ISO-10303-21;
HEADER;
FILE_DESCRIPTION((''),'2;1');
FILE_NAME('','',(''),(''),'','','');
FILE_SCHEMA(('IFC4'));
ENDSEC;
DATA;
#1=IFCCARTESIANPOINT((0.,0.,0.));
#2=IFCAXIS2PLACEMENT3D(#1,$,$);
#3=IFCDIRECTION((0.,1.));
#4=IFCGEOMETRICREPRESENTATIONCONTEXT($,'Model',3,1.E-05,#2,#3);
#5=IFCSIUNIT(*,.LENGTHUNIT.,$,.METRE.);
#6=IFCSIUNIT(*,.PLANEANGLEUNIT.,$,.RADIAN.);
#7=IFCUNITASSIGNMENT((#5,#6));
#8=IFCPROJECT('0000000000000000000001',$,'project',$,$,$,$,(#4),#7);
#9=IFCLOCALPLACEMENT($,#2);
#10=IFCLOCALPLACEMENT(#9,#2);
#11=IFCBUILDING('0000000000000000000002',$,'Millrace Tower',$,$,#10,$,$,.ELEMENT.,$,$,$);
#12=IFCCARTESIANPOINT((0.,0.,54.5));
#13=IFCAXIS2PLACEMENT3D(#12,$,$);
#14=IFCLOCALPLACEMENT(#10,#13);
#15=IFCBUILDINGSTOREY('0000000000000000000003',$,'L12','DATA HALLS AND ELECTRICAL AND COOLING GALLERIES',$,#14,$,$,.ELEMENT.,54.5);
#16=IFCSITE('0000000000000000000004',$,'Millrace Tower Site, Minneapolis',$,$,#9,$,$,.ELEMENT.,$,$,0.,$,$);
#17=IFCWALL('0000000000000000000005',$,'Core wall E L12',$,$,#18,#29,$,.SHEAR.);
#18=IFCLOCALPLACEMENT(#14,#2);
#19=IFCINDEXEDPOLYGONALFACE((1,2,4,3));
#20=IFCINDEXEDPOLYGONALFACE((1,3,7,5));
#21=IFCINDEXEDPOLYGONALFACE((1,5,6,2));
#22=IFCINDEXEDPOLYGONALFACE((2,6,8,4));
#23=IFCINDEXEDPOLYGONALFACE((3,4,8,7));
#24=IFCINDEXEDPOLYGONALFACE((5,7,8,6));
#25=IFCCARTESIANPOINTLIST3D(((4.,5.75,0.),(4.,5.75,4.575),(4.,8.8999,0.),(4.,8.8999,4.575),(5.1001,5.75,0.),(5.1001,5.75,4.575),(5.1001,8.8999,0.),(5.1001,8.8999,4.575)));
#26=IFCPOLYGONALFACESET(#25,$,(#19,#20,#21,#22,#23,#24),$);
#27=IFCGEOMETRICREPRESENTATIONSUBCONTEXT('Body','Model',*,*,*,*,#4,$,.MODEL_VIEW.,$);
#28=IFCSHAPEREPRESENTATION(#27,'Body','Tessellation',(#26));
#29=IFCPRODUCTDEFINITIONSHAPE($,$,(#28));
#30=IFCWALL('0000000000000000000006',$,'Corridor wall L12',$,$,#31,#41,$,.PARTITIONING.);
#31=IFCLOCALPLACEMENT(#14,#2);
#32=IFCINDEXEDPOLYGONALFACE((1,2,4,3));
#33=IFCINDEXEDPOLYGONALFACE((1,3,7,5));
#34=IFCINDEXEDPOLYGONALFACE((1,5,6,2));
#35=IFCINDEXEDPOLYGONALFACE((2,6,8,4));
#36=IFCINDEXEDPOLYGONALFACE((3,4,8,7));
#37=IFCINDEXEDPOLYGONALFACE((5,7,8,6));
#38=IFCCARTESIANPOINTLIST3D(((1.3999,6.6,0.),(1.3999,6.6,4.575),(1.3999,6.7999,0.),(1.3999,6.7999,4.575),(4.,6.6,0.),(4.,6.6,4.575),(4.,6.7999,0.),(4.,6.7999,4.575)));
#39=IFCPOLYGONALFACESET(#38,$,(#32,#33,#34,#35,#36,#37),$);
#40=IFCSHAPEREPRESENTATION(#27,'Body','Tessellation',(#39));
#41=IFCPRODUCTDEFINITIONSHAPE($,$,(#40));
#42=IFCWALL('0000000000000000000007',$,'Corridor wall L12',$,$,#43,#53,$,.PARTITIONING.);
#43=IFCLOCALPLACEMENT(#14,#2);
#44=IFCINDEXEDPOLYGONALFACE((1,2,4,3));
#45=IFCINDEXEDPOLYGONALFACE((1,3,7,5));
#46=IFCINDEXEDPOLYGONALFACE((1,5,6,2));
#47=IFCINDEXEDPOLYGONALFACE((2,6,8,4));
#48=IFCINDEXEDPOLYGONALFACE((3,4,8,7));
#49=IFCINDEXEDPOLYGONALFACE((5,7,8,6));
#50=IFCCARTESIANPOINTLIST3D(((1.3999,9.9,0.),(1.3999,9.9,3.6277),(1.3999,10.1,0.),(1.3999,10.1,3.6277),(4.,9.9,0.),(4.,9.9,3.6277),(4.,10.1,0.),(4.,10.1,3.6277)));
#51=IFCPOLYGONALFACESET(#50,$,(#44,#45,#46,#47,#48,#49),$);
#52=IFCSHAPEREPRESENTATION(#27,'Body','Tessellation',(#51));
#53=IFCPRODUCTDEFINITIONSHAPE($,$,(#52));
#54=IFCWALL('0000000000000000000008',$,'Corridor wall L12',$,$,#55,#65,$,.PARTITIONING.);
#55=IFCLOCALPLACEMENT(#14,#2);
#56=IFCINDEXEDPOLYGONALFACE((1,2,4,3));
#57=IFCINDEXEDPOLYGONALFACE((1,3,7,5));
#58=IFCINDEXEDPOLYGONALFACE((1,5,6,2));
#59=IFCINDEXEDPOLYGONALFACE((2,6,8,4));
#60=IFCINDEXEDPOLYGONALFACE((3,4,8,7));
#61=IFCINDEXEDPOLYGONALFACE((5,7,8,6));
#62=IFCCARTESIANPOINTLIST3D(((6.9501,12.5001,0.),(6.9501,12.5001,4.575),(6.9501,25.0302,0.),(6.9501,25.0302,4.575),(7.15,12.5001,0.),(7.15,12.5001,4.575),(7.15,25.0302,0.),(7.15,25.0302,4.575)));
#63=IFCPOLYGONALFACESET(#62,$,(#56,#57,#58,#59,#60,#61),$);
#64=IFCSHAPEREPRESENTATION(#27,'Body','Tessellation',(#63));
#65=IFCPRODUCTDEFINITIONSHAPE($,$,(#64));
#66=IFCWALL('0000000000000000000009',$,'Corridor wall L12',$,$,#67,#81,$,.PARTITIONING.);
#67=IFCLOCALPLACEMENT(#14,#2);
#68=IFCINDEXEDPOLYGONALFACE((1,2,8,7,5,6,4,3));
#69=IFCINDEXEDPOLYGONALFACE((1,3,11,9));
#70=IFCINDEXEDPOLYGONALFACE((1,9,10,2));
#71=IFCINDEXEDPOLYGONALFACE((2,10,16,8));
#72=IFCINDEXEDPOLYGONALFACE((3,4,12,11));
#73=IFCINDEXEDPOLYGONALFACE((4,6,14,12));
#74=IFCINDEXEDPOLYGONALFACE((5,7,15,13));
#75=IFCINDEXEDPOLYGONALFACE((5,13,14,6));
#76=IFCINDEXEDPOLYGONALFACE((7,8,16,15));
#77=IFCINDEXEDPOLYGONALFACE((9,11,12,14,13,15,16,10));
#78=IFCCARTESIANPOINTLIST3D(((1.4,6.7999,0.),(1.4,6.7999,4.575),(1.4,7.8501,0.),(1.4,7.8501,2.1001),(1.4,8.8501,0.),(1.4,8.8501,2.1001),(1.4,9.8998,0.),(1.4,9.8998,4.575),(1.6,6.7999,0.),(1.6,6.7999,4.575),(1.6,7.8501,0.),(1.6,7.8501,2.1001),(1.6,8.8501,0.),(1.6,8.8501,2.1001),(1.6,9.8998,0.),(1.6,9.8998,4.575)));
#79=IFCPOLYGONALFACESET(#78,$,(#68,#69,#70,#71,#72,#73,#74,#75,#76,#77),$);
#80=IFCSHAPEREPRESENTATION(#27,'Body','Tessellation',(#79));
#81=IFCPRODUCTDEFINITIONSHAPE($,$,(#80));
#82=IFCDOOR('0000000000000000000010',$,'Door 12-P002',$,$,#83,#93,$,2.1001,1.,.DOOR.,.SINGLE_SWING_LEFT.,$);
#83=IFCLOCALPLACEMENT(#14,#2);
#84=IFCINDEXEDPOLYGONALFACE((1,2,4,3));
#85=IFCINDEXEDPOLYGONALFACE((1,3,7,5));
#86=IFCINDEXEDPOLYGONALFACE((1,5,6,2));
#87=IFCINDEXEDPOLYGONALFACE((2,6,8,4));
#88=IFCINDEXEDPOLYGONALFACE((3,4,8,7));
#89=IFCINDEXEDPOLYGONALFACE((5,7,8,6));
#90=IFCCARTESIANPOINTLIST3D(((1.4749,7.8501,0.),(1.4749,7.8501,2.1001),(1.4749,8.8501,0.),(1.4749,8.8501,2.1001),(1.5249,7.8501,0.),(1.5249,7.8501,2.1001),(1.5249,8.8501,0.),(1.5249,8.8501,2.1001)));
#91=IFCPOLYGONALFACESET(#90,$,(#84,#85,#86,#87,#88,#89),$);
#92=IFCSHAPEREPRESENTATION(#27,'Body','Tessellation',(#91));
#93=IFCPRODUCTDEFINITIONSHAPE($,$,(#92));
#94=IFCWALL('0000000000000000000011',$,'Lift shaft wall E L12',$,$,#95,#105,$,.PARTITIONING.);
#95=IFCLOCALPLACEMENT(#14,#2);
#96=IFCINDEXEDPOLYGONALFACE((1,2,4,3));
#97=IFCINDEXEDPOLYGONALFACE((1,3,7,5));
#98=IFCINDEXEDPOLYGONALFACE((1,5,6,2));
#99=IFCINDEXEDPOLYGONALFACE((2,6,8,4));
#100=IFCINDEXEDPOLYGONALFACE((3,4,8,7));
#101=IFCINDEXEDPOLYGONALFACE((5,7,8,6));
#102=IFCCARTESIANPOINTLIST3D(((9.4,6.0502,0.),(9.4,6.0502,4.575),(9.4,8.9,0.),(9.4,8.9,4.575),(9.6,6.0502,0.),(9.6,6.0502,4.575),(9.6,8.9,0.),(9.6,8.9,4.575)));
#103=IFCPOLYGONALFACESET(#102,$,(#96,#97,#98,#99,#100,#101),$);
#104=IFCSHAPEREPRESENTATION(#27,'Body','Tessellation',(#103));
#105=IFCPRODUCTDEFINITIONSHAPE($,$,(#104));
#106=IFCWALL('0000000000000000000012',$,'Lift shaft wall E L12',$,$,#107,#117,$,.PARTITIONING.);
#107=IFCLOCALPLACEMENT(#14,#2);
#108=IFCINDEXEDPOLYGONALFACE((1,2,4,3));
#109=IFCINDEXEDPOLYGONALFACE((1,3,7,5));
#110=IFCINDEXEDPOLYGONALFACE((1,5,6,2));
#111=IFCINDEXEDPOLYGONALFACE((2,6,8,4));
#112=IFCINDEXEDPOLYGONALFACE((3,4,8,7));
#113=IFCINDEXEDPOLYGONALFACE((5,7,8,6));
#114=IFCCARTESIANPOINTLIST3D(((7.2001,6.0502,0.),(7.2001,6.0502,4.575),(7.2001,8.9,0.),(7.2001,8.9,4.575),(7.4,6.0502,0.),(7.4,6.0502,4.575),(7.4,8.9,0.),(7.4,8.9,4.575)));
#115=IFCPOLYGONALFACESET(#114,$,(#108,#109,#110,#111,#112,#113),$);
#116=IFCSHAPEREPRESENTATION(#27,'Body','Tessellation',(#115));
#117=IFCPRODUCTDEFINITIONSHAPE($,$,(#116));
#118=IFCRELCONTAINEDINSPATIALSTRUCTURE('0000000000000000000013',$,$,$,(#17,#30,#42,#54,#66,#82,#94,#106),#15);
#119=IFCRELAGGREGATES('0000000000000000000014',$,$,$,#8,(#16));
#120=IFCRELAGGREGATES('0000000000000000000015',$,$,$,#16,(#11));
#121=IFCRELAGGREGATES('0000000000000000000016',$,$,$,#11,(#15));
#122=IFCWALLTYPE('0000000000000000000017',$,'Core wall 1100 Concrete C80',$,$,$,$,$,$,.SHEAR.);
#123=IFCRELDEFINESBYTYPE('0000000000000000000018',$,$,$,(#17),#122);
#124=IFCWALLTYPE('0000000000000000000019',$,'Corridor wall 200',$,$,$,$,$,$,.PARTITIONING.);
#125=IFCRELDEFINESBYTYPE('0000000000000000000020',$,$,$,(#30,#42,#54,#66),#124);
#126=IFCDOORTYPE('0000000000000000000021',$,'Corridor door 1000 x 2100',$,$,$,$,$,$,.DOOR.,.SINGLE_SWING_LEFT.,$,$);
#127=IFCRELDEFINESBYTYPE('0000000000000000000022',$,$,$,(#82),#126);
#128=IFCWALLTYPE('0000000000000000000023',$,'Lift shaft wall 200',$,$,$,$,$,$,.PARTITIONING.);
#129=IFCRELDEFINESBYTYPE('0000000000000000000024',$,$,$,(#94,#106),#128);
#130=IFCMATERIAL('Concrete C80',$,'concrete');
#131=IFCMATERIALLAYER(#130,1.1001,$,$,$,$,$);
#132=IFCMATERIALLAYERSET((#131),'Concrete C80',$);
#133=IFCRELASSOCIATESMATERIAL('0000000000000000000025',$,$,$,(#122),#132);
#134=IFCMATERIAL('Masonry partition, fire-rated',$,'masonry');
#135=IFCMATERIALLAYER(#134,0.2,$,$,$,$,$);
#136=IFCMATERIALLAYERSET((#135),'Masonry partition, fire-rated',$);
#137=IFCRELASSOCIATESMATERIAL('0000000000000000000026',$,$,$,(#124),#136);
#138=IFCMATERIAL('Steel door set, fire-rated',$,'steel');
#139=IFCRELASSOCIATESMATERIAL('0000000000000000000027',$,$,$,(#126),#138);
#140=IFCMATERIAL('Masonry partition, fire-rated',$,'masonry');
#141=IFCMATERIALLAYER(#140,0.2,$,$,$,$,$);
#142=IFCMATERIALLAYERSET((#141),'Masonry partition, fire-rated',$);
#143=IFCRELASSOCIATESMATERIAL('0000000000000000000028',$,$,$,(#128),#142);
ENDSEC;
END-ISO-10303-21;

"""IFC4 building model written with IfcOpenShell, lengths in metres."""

from ifc_helpers import new_model, si_unit, direction, frame, frame_2d, origin, place, context, subcontext, project, spatial, rectangle, extrude, material, layer, layer_set, type_object, element, fill, save


model = new_model("IFC4")

# Units and contexts
model_context = context("Model", 3, precision=1e-05, world=origin(), true_north=direction((0.0, 1.0)))
body_context = subcontext(model_context, "Body", "Model", "MODEL_VIEW")
ifc_project = project(units=[si_unit("LENGTHUNIT", "METRE"), si_unit("PLANEANGLEUNIT", "RADIAN")], contexts=[model_context])

# Site, building, storey
site_placement = place(None, origin())
site = spatial("IfcSite", under=ifc_project, at=site_placement, Name="Millrace Tower Site, Minneapolis", CompositionType="ELEMENT", RefElevation=0.0)
building_placement = place(site_placement, origin())
building = spatial("IfcBuilding", under=site, at=building_placement, Name="Millrace Tower", CompositionType="ELEMENT")
storey_placement = place(building_placement, frame((0.0, 0.0, 54.5)))
storey = spatial("IfcBuildingStorey", under=building, at=storey_placement, Name="L12", Description="DATA HALLS AND ELECTRICAL AND COOLING GALLERIES", CompositionType="ELEMENT", Elevation=54.5)

# Walls
ifc_material_1 = material(Name="Concrete C80", Category="concrete")
ifc_layer_1 = layer(ifc_material_1, 1.1001)
ifc_layer_set_1 = layer_set([ifc_layer_1], Name="Concrete C80")
wall_type_1 = type_object("IfcWallType", Name="Core wall 1100 Concrete C80", PredefinedType="SHEAR", material=ifc_layer_set_1)
wall_1_placement = place(storey_placement, frame((4.55, 8.8999, 0.0), z_axis=(0.0, 0.0, 1.0), x_axis=(0.0, -1.0, 0.0)))
element("IfcWall", 1, at=wall_1_placement, inside=storey, type_object=wall_type_1, Name="Core wall E L12", PredefinedType="SHEAR", context=body_context, shape_type="SweptSolid", body=[
    extrude(rectangle(XDim=3.1499, YDim=1.1001, at=frame_2d((1.575, 0.0))), origin(), (0.0, 0.0, 1.0), 4.575),
])
ifc_material_2 = material(Name="Masonry partition, fire-rated", Category="masonry")
ifc_layer_2 = layer(ifc_material_2, 0.2)
ifc_layer_set_2 = layer_set([ifc_layer_2], Name="Masonry partition, fire-rated")
wall_type_2 = type_object("IfcWallType", Name="Corridor wall 200", PredefinedType="PARTITIONING", material=ifc_layer_set_2)
wall_2_placement = place(storey_placement, frame((1.3999, 6.7, 0.0), z_axis=(0.0, 0.0, 1.0), x_axis=(1.0, 0.0, 0.0)))
element("IfcWall", 2, at=wall_2_placement, inside=storey, type_object=wall_type_2, Name="Corridor wall L12", PredefinedType="PARTITIONING", context=body_context, shape_type="SweptSolid", body=[
    extrude(rectangle(XDim=2.6001, YDim=0.2, at=frame_2d((1.3, 0.0))), origin(), (0.0, 0.0, 1.0), 4.575),
])
wall_3_placement = place(storey_placement, frame((1.3999, 10.0, 0.0), z_axis=(0.0, 0.0, 1.0), x_axis=(1.0, 0.0, 0.0)))
element("IfcWall", 3, at=wall_3_placement, inside=storey, type_object=wall_type_2, Name="Corridor wall L12", PredefinedType="PARTITIONING", context=body_context, shape_type="SweptSolid", body=[
    extrude(rectangle(XDim=2.6001, YDim=0.2, at=frame_2d((1.3, 0.0))), origin(), (0.0, 0.0, 1.0), 3.6277),
])
wall_4_placement = place(storey_placement, frame((7.05, 12.5, 0.0), z_axis=(0.0, 0.0, 1.0), x_axis=(0.0, 1.0, 0.0)))
element("IfcWall", 4, at=wall_4_placement, inside=storey, type_object=wall_type_2, Name="Corridor wall L12", PredefinedType="PARTITIONING", context=body_context, shape_type="SweptSolid", body=[
    extrude(rectangle(XDim=12.53, YDim=0.2, at=frame_2d((6.2651, 0.0))), origin(), (0.0, 0.0, 1.0), 4.575),
])

# Wall, opening, door
wall_5_placement = place(storey_placement, frame((1.5, 6.8, 0.0), z_axis=(0.0, 0.0, 1.0), x_axis=(0.0, 1.0, 0.0)))
wall_5 = element("IfcWall", 5, at=wall_5_placement, inside=storey, type_object=wall_type_2, Name="Corridor wall L12", PredefinedType="PARTITIONING", context=body_context, shape_type="SweptSolid", body=[
    extrude(rectangle(XDim=3.0999, YDim=0.2, at=frame_2d((1.5498, 0.0))), origin(), (0.0, 0.0, 1.0), 4.575),
])
opening_placement = place(wall_5_placement, frame((1.05, 0.0, 0.0)))
opening = element("IfcOpeningElement", 6, at=opening_placement, cuts=wall_5, PredefinedType="OPENING", context=body_context, shape_type="SweptSolid", body=[
    extrude(rectangle(XDim=1.0, YDim=2.1001, at=frame_2d((0.5, 1.05))), frame((0.0, 0.1099, 0.0), z_axis=(0.0, -1.0, 0.0), x_axis=(1.0, 0.0, 0.0)), (0.0, 0.0, 1.0), 0.22),
])
ifc_material_3 = material(Name="Steel door set, fire-rated", Category="steel")
door_type = type_object("IfcDoorType", Name="Corridor door 1000 x 2100", OperationType="SINGLE_SWING_LEFT", PredefinedType="DOOR", material=ifc_material_3)
door_placement = place(opening_placement, frame((1.0, 0.0, 0.0), z_axis=(0.0, 0.0, 1.0), x_axis=(-1.0, 0.0, 0.0)))
door = element("IfcDoor", 7, at=door_placement, inside=storey, type_object=door_type, Name="Door 12-P002", OperationType="SINGLE_SWING_LEFT", OverallHeight=2.1001, OverallWidth=1.0, PredefinedType="DOOR", context=body_context, shape_type="SweptSolid", body=[
    extrude(rectangle(XDim=1.0, YDim=2.1001, at=frame_2d((0.5, 1.05))), frame((0.0, 0.0249, 0.0), z_axis=(0.0, -1.0, 0.0), x_axis=(1.0, 0.0, 0.0)), (0.0, 0.0, 1.0), 0.05),
])
fill(opening, door)

# Walls
ifc_material_4 = material(Name="Masonry partition, fire-rated", Category="masonry")
ifc_layer_3 = layer(ifc_material_4, 0.2)
ifc_layer_set_3 = layer_set([ifc_layer_3], Name="Masonry partition, fire-rated")
wall_type_3 = type_object("IfcWallType", Name="Lift shaft wall 200", PredefinedType="PARTITIONING", material=ifc_layer_set_3)
for number, where, z_axis, x_axis, name in (
    (8, (9.5, 8.8999, 0.0), (0.0, 0.0, 1.0), (0.0, -1.0, 0.0), "Lift shaft wall E L12"),
    (9, (7.3, 8.8999, 0.0), (0.0, 0.0, 1.0), (0.0, -1.0, 0.0), "Lift shaft wall E L12"),
):
    element("IfcWall", number, at=place(storey_placement, frame(where, z_axis=z_axis, x_axis=x_axis)), inside=storey, type_object=wall_type_3, Name=name, PredefinedType="PARTITIONING", context=body_context, shape_type="SweptSolid", body=[
        extrude(rectangle(XDim=2.8499, YDim=0.2, at=frame_2d((1.4248, 0.0))), origin(), (0.0, 0.0, 1.0), 4.575),
    ])

save(model, "model.ifc")
